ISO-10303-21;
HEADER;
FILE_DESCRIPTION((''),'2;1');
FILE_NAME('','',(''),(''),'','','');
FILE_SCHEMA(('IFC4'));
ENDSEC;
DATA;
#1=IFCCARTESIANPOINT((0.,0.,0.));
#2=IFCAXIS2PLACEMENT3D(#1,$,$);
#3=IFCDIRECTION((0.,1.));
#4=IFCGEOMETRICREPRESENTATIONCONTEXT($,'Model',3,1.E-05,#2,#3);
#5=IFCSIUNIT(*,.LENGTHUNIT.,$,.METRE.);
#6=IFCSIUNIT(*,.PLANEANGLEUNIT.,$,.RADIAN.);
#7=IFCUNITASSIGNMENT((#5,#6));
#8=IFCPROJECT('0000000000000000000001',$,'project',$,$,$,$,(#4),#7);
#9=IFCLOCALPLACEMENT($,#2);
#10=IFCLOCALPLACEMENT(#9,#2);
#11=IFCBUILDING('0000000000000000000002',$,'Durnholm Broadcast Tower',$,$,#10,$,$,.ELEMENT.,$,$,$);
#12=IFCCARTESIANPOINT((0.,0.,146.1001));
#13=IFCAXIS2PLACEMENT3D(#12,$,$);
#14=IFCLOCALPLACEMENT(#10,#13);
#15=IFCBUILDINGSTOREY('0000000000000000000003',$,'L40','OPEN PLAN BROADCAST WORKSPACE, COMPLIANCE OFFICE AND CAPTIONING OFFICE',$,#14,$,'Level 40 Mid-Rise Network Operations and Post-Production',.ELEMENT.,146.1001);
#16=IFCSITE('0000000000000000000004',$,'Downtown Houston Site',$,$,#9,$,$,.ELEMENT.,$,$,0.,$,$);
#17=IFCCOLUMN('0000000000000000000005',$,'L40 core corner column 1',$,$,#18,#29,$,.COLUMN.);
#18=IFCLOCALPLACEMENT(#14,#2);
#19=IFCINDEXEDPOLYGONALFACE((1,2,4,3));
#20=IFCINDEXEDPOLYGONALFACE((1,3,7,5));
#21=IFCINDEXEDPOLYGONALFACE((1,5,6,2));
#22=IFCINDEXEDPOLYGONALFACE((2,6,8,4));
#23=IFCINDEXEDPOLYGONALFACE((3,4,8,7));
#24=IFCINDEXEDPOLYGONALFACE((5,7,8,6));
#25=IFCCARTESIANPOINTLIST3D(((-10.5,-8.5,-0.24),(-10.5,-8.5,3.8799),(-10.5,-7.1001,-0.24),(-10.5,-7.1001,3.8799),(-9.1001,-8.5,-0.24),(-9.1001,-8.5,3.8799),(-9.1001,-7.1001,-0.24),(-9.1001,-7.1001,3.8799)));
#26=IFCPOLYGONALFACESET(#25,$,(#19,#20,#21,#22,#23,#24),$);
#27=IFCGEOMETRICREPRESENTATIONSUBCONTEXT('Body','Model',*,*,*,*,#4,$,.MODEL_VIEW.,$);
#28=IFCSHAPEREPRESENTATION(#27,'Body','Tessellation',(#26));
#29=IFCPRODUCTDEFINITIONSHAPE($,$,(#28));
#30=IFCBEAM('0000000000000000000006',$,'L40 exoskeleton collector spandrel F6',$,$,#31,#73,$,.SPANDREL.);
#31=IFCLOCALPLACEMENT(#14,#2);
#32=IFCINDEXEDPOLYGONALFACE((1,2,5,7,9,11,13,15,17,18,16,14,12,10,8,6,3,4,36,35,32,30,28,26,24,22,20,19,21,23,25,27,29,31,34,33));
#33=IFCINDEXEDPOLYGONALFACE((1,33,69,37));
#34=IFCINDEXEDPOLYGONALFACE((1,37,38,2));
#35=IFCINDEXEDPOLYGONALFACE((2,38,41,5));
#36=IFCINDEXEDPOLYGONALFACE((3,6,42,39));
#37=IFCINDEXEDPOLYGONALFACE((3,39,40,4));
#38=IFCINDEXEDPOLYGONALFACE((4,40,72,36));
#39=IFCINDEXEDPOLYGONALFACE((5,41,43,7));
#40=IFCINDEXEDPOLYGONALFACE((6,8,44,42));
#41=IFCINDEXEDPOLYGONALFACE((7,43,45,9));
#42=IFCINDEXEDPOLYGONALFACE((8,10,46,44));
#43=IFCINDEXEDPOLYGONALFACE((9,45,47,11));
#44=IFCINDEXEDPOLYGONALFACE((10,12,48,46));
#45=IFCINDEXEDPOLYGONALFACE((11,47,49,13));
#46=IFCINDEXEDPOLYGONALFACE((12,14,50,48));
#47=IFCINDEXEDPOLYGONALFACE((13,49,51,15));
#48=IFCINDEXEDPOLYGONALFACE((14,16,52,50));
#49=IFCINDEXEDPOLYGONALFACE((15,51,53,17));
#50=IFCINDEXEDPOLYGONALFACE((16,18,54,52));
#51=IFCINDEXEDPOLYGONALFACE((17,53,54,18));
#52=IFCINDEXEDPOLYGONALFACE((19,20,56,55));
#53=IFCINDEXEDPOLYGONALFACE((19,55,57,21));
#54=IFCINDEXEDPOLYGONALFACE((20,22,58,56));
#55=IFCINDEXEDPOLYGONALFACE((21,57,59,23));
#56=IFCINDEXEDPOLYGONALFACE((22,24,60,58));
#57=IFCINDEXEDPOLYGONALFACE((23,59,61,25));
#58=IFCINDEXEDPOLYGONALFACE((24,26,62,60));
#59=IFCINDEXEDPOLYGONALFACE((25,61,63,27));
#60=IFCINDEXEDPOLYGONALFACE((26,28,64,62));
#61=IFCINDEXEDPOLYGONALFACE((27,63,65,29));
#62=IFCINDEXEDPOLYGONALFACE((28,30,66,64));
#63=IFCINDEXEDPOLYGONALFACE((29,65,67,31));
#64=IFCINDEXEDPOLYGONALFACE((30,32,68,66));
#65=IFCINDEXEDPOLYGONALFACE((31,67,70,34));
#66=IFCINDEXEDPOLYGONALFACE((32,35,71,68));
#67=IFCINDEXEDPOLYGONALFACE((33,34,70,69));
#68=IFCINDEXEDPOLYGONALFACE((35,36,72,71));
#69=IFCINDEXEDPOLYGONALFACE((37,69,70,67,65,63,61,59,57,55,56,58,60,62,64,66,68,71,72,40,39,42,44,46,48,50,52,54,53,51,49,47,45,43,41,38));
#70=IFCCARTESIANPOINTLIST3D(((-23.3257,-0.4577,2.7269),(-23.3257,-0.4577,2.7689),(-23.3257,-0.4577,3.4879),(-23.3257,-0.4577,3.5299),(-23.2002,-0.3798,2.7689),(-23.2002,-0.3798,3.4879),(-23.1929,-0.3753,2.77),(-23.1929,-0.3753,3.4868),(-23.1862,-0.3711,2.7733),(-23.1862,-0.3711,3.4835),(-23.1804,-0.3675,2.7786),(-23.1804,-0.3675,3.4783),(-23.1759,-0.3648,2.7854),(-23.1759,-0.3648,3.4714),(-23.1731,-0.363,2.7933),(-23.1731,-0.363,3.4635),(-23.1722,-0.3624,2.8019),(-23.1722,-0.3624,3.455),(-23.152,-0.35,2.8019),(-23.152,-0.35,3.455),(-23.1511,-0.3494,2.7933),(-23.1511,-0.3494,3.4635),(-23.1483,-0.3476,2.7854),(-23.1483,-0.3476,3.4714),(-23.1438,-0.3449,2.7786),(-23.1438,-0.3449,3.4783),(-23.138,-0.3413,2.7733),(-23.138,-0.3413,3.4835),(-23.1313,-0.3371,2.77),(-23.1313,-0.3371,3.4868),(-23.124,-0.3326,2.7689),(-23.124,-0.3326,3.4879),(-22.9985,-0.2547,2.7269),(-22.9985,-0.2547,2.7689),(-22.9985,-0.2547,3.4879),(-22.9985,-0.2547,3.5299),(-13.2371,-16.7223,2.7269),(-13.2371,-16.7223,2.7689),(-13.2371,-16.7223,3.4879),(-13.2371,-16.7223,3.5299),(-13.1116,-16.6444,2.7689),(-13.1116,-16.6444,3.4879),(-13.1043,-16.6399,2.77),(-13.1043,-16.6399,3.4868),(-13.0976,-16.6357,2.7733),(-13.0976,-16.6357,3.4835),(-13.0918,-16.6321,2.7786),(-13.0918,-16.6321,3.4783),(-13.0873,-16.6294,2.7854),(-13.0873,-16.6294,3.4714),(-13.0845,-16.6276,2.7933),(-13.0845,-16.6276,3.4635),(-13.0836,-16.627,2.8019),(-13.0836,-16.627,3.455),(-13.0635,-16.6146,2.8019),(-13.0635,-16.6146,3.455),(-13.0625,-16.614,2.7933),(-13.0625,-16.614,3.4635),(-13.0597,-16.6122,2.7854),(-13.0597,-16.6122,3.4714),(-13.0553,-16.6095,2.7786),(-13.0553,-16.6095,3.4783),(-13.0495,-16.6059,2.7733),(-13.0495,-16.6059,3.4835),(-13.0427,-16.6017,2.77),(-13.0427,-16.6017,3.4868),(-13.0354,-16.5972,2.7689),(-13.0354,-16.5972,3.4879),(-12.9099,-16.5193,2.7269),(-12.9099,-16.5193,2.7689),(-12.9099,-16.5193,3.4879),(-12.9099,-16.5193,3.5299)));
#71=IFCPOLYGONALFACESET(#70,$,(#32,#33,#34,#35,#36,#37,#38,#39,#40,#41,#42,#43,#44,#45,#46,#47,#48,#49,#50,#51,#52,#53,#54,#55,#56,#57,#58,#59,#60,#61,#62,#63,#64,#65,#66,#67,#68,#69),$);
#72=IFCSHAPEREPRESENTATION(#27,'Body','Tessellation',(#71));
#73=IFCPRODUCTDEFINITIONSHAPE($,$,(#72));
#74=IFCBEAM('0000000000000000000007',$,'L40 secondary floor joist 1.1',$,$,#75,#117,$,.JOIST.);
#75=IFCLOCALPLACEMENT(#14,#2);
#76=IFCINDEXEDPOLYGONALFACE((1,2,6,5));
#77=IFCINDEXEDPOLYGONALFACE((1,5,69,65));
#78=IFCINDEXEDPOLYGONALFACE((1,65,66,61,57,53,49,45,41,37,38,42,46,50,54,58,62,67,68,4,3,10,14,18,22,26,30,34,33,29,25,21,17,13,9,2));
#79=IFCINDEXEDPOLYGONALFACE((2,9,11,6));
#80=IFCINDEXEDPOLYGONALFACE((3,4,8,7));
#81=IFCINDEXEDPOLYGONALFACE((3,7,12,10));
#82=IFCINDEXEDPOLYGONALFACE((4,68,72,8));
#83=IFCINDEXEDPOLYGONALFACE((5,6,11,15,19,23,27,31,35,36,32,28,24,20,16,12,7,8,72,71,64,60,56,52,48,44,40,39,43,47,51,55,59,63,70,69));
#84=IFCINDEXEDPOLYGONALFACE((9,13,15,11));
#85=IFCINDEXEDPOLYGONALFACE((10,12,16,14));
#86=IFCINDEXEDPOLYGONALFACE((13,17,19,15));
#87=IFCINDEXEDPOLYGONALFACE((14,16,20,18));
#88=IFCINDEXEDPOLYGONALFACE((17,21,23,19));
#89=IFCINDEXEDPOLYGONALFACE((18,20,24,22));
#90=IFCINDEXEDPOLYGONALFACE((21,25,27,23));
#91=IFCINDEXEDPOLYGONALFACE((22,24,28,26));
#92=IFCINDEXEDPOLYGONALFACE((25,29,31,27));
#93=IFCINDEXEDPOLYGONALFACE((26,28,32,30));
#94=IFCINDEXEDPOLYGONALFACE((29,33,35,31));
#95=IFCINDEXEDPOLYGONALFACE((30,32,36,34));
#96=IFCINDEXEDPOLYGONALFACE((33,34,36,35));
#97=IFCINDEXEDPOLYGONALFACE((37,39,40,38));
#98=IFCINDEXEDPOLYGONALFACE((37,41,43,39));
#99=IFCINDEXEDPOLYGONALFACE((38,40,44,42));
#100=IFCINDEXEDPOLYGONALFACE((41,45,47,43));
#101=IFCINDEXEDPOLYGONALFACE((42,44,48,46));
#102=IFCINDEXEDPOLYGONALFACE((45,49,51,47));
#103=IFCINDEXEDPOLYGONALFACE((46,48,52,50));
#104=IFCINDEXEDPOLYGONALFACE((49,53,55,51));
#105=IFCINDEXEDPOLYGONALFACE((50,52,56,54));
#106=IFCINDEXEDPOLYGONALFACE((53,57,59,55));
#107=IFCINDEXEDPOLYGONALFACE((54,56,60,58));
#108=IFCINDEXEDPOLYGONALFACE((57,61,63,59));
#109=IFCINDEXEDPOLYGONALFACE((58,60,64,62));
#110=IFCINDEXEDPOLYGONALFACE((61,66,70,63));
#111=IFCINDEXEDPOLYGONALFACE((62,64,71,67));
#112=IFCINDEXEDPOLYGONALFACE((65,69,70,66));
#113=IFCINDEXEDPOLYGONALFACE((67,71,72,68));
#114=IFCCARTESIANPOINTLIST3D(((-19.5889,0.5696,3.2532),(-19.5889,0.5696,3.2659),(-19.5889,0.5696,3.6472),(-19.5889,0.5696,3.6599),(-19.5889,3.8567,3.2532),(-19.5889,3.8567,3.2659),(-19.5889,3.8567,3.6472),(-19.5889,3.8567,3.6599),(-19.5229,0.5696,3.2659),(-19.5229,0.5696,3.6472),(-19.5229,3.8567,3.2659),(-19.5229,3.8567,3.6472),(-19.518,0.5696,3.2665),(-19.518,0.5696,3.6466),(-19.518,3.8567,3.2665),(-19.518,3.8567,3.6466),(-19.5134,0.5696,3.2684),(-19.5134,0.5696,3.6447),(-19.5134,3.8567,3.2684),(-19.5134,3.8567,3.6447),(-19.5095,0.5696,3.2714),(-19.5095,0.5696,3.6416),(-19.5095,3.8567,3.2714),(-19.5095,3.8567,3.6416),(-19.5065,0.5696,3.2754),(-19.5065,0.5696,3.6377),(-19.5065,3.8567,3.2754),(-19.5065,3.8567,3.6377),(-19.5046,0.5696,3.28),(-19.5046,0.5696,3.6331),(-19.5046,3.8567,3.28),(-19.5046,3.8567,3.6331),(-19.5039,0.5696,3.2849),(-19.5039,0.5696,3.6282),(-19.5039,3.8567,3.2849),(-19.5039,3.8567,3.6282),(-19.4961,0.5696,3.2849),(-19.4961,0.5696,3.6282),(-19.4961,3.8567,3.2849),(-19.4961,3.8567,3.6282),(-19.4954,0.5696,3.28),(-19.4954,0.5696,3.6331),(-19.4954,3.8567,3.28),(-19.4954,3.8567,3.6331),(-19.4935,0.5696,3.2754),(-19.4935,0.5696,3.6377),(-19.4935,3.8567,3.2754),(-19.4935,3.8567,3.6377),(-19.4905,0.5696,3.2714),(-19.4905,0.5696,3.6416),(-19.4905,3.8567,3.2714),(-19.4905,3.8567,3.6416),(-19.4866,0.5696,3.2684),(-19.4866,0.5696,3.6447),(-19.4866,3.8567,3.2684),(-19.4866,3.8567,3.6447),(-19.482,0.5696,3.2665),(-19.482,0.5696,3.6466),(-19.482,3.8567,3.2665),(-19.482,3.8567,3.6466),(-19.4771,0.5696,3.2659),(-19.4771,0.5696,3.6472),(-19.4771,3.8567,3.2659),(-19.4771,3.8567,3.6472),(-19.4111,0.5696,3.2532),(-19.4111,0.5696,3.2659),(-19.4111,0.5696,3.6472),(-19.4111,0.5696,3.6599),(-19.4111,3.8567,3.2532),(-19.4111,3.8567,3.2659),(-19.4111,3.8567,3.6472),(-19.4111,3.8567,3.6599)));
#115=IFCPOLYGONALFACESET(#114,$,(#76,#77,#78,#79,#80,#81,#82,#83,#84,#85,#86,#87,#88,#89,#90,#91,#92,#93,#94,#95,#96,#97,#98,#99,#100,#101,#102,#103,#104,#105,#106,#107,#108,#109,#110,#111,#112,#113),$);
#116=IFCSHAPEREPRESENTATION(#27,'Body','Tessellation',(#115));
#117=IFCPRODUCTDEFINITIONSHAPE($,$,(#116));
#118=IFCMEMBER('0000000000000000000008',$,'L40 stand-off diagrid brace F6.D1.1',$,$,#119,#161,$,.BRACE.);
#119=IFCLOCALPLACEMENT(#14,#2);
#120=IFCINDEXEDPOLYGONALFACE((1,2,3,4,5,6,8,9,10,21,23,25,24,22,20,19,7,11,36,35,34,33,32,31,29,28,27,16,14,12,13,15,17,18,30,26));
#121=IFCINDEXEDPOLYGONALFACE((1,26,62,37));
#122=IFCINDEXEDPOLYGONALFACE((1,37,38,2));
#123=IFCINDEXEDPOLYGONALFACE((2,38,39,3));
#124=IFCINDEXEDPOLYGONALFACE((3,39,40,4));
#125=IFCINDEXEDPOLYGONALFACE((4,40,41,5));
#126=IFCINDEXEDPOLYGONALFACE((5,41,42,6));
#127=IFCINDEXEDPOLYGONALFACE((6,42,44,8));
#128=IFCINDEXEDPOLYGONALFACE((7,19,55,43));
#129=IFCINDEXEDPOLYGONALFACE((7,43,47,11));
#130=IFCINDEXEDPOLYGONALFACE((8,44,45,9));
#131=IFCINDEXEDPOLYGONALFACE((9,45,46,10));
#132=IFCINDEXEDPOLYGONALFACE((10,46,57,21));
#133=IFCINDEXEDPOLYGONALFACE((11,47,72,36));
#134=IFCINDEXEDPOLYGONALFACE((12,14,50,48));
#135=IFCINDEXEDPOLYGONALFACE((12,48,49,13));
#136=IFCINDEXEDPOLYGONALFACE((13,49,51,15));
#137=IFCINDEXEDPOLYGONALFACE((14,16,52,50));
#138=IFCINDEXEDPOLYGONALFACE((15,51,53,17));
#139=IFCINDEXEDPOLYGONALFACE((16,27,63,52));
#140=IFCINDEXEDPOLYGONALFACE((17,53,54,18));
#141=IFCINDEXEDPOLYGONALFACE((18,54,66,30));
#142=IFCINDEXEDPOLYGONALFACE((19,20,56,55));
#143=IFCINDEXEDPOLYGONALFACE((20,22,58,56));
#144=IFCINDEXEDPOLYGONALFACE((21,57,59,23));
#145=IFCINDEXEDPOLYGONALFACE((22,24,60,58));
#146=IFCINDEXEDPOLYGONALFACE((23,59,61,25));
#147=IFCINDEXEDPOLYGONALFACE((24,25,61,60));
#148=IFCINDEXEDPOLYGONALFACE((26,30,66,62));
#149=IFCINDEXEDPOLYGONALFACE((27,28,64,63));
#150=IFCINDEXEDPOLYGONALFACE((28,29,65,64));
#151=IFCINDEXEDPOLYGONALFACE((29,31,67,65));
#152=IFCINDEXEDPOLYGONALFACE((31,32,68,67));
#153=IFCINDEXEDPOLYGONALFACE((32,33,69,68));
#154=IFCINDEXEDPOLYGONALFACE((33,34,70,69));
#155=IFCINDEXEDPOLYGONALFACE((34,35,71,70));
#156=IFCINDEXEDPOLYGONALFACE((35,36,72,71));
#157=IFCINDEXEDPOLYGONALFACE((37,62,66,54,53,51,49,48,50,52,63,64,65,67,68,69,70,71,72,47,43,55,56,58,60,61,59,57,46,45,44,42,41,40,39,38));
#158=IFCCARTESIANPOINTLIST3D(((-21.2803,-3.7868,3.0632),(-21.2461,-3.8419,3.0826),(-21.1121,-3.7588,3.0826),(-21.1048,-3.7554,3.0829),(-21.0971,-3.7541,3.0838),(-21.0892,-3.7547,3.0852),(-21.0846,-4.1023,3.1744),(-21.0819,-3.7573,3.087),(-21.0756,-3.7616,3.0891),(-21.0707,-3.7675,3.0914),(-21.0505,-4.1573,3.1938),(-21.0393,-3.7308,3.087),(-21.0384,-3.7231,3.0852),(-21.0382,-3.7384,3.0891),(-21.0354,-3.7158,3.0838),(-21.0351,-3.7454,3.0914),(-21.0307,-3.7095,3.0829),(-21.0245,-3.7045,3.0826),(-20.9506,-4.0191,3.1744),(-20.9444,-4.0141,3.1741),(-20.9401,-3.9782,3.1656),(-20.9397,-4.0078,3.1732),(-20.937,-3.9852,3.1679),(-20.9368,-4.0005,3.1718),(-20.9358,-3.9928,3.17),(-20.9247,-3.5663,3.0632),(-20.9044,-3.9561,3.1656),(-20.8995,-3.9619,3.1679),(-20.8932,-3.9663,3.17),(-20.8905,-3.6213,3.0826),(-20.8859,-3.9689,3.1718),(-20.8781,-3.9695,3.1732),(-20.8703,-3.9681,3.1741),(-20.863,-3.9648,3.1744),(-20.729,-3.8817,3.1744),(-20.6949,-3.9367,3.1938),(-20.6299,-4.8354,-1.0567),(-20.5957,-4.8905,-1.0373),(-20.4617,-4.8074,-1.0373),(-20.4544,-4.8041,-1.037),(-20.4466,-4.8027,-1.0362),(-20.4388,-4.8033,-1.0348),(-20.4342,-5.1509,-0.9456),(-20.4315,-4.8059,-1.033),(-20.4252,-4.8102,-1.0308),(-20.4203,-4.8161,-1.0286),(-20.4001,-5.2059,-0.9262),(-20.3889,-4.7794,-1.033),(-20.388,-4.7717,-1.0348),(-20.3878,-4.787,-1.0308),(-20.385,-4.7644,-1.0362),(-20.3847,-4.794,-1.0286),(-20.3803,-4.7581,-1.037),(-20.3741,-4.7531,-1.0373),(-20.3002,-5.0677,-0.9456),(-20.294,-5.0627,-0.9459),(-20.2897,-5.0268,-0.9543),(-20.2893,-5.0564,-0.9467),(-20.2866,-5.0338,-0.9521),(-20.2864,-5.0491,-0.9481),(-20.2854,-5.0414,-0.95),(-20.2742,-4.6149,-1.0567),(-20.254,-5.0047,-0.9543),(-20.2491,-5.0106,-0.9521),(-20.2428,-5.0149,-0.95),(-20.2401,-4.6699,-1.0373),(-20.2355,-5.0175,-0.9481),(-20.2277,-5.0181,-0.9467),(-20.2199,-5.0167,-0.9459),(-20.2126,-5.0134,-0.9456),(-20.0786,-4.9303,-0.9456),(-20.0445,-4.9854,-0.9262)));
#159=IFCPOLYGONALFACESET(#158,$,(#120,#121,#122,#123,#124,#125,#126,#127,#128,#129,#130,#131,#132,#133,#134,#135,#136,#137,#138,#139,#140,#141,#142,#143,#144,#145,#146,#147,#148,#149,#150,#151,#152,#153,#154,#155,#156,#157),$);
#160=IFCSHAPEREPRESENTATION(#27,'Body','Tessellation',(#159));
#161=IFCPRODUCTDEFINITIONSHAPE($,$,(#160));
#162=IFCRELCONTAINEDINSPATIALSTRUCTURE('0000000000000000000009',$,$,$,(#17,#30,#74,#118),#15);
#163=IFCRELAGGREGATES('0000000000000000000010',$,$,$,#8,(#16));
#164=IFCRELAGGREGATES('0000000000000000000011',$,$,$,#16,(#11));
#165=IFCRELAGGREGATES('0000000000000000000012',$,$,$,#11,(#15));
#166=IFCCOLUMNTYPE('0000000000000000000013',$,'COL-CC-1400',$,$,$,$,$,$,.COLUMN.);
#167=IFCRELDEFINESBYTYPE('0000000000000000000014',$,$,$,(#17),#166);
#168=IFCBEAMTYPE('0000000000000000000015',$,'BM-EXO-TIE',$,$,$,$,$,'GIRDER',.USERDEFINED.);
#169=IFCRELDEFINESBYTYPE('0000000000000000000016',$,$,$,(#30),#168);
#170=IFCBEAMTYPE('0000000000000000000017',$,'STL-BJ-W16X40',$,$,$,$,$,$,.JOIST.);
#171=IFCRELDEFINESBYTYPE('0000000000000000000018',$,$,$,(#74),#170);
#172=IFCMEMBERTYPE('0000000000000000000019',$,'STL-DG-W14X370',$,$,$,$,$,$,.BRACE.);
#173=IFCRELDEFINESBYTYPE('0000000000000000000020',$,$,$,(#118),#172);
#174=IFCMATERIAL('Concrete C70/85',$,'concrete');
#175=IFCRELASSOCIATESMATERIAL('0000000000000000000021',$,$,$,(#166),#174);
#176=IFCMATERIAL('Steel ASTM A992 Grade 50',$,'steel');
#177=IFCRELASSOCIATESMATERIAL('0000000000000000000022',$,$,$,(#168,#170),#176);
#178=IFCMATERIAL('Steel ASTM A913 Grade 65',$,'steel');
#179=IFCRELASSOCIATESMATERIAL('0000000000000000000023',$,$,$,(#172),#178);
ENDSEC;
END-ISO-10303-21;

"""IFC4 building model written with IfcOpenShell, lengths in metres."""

from ifc_helpers import new_model, si_unit, direction, frame, origin, origin_2d, place, context, subcontext, project, spatial, rectangle, i_section, extrude, source, transform, mapped, material, material_profile, profile_set, type_object, type_shapes, element, save


model = new_model("IFC4")

# Units and contexts
model_context = context("Model", 3, precision=1e-05, world=origin(), true_north=direction((0.0, 1.0)))
body_context = subcontext(model_context, "Body", "Model", "MODEL_VIEW")
ifc_project = project(units=[si_unit("LENGTHUNIT", "METRE"), si_unit("PLANEANGLEUNIT", "RADIAN")], contexts=[model_context])

# Site, building, storey
site_placement = place(None, origin())
site = spatial("IfcSite", under=ifc_project, at=site_placement, Name="Downtown Houston Site", CompositionType="ELEMENT", RefElevation=0.0)
building_placement = place(site_placement, origin())
building = spatial("IfcBuilding", under=site, at=building_placement, Name="Durnholm Broadcast Tower", CompositionType="ELEMENT")
storey_placement = place(building_placement, frame((0.0, 0.0, 146.1001)))
storey = spatial("IfcBuildingStorey", under=building, at=storey_placement, Name="L40", Description="OPEN PLAN BROADCAST WORKSPACE, COMPLIANCE OFFICE AND CAPTIONING OFFICE", LongName="Level 40 Mid-Rise Network Operations and Post-Production", CompositionType="ELEMENT", Elevation=146.1001)

# Column
ifc_material_1 = material(Name="Concrete C70/85", Category="concrete")
ifc_material_profile_1 = material_profile(ifc_material_1, rectangle(XDim=1.3999, YDim=1.3999, at=origin_2d()), Name="RC1400X1400")
ifc_profile_set_1 = profile_set([ifc_material_profile_1], Name="Concrete C70/85")
column_type = type_object("IfcColumnType", Name="COL-CC-1400", PredefinedType="COLUMN", material=ifc_profile_set_1)
shared_shape_1 = source(origin(), body_context, "Body", "SweptSolid", [
    extrude(rectangle(XDim=1.3999, YDim=1.3999, at=origin_2d()), origin(), (0.0, 0.0, 1.0), 4.1199),
])
type_shapes(column_type, [shared_shape_1])
column_placement = place(storey_placement, frame((-9.8, -7.8, -0.24), z_axis=(0.0, 0.0, 1.0), x_axis=(1.0, 0.0, 0.0)))
element("IfcColumn", 1, at=column_placement, inside=storey, type_object=column_type, Name="L40 core corner column 1", PredefinedType="COLUMN", context=body_context, shape_type="MappedRepresentation", body=[
    mapped(shared_shape_1, transform((0.0, 0.0, 0.0), x_axis=(1.0, 0.0, 0.0), y_axis=(0.0, 1.0, 0.0), z_axis=(0.0, 0.0, 1.0), scale=1.0)),
])

# Beams
ifc_material_2 = material(Name="Steel ASTM A992 Grade 50", Category="steel")
ifc_material_profile_2 = material_profile(ifc_material_2, i_section(OverallWidth=0.385, OverallDepth=0.803, WebThickness=0.0237, FlangeThickness=0.042, FilletRadius=0.033, at=origin_2d()), Name="W30X261")
ifc_profile_set_2 = profile_set([ifc_material_profile_2], Name="Steel ASTM A992 Grade 50")
beam_type_1 = type_object("IfcBeamType", Name="BM-EXO-TIE", ElementType="GIRDER", PredefinedType="USERDEFINED", material=ifc_profile_set_2)
shared_shape_2 = source(origin(), body_context, "Body", "SweptSolid", [
    extrude(i_section(OverallWidth=0.385, OverallDepth=0.803, WebThickness=0.0237, FlangeThickness=0.042, FilletRadius=0.033, at=origin_2d()), origin(), (0.0, 0.0, 1.0), 19.1394),
])
type_shapes(beam_type_1, [shared_shape_2])
beam_1_placement = place(storey_placement, frame((-23.1621, -0.3562, 3.1284), z_axis=(0.527111, -0.849796, 0.0), x_axis=(0.849796, 0.527111, 0.0)))
element("IfcBeam", 2, at=beam_1_placement, inside=storey, type_object=beam_type_1, Name="L40 exoskeleton collector spandrel F6", PredefinedType="SPANDREL", context=body_context, shape_type="MappedRepresentation", body=[
    mapped(shared_shape_2, transform((0.0, 0.0, 0.0), x_axis=(1.0, 0.0, 0.0), y_axis=(0.0, 1.0, 0.0), z_axis=(0.0, 0.0, 1.0), scale=1.0)),
])
ifc_material_profile_3 = material_profile(ifc_material_2, i_section(OverallWidth=0.1777, OverallDepth=0.4067, WebThickness=0.0078, FlangeThickness=0.0127, FilletRadius=0.019, at=origin_2d()), Name="W16X40")
ifc_profile_set_3 = profile_set([ifc_material_profile_3], Name="Steel ASTM A992 Grade 50")
beam_type_2 = type_object("IfcBeamType", Name="STL-BJ-W16X40", PredefinedType="JOIST", material=ifc_profile_set_3)
shared_shape_3 = source(origin(), body_context, "Body", "SweptSolid", [
    extrude(i_section(OverallWidth=0.1777, OverallDepth=0.4067, WebThickness=0.0078, FlangeThickness=0.0127, FilletRadius=0.019, at=origin_2d()), origin(), (0.0, 0.0, 1.0), 3.2871),
])
type_shapes(beam_type_2, [shared_shape_3])
beam_2_placement = place(storey_placement, frame((-19.5, 0.5696, 3.4565), z_axis=(0.0, 1.0, 0.0), x_axis=(-1.0, 0.0, 0.0)))
element("IfcBeam", 3, at=beam_2_placement, inside=storey, type_object=beam_type_2, Name="L40 secondary floor joist 1.1", PredefinedType="JOIST", context=body_context, shape_type="MappedRepresentation", body=[
    mapped(shared_shape_3, transform((0.0, 0.0, 0.0), x_axis=(1.0, 0.0, 0.0), y_axis=(0.0, 1.0, 0.0), z_axis=(0.0, 0.0, 1.0), scale=1.0)),
])

# Member
ifc_material_3 = material(Name="Steel ASTM A913 Grade 65", Category="steel")
ifc_material_profile_4 = material_profile(ifc_material_3, i_section(OverallWidth=0.4185, OverallDepth=0.4551, WebThickness=0.042, FlangeThickness=0.0676, FilletRadius=0.0305, at=origin_2d()), Name="W14X370")
ifc_profile_set_4 = profile_set([ifc_material_profile_4], Name="Steel ASTM A913 Grade 65")
member_type_1 = type_object("IfcMemberType", Name="STL-DG-W14X370", PredefinedType="BRACE", material=ifc_profile_set_4)
shared_shape_4 = source(origin(), body_context, "Body", "SweptSolid", [
    extrude(i_section(OverallWidth=0.4185, OverallDepth=0.4551, WebThickness=0.042, FlangeThickness=0.0676, FilletRadius=0.0305, at=origin_2d()), origin(), (0.0, 0.0, 1.0), 4.3008),
])
member_1_placement = place(storey_placement, frame((-20.3372, -4.9104, -0.9915), z_axis=(-0.15123, 0.243818, 0.957957), x_axis=(-0.849805, -0.527097, 0.0)))
element("IfcMember", 4, at=member_1_placement, inside=storey, type_object=member_type_1, Name="L40 stand-off diagrid brace F6.D1.1", PredefinedType="BRACE", context=body_context, shape_type="MappedRepresentation", body=[
    mapped(shared_shape_4, transform((0.0, 0.0, 0.0), x_axis=(1.0, 0.0, 0.0), y_axis=(0.0, 1.0, 0.0), z_axis=(0.0, 0.0, 1.0), scale=1.0)),
])

save(model, "model.ifc")
